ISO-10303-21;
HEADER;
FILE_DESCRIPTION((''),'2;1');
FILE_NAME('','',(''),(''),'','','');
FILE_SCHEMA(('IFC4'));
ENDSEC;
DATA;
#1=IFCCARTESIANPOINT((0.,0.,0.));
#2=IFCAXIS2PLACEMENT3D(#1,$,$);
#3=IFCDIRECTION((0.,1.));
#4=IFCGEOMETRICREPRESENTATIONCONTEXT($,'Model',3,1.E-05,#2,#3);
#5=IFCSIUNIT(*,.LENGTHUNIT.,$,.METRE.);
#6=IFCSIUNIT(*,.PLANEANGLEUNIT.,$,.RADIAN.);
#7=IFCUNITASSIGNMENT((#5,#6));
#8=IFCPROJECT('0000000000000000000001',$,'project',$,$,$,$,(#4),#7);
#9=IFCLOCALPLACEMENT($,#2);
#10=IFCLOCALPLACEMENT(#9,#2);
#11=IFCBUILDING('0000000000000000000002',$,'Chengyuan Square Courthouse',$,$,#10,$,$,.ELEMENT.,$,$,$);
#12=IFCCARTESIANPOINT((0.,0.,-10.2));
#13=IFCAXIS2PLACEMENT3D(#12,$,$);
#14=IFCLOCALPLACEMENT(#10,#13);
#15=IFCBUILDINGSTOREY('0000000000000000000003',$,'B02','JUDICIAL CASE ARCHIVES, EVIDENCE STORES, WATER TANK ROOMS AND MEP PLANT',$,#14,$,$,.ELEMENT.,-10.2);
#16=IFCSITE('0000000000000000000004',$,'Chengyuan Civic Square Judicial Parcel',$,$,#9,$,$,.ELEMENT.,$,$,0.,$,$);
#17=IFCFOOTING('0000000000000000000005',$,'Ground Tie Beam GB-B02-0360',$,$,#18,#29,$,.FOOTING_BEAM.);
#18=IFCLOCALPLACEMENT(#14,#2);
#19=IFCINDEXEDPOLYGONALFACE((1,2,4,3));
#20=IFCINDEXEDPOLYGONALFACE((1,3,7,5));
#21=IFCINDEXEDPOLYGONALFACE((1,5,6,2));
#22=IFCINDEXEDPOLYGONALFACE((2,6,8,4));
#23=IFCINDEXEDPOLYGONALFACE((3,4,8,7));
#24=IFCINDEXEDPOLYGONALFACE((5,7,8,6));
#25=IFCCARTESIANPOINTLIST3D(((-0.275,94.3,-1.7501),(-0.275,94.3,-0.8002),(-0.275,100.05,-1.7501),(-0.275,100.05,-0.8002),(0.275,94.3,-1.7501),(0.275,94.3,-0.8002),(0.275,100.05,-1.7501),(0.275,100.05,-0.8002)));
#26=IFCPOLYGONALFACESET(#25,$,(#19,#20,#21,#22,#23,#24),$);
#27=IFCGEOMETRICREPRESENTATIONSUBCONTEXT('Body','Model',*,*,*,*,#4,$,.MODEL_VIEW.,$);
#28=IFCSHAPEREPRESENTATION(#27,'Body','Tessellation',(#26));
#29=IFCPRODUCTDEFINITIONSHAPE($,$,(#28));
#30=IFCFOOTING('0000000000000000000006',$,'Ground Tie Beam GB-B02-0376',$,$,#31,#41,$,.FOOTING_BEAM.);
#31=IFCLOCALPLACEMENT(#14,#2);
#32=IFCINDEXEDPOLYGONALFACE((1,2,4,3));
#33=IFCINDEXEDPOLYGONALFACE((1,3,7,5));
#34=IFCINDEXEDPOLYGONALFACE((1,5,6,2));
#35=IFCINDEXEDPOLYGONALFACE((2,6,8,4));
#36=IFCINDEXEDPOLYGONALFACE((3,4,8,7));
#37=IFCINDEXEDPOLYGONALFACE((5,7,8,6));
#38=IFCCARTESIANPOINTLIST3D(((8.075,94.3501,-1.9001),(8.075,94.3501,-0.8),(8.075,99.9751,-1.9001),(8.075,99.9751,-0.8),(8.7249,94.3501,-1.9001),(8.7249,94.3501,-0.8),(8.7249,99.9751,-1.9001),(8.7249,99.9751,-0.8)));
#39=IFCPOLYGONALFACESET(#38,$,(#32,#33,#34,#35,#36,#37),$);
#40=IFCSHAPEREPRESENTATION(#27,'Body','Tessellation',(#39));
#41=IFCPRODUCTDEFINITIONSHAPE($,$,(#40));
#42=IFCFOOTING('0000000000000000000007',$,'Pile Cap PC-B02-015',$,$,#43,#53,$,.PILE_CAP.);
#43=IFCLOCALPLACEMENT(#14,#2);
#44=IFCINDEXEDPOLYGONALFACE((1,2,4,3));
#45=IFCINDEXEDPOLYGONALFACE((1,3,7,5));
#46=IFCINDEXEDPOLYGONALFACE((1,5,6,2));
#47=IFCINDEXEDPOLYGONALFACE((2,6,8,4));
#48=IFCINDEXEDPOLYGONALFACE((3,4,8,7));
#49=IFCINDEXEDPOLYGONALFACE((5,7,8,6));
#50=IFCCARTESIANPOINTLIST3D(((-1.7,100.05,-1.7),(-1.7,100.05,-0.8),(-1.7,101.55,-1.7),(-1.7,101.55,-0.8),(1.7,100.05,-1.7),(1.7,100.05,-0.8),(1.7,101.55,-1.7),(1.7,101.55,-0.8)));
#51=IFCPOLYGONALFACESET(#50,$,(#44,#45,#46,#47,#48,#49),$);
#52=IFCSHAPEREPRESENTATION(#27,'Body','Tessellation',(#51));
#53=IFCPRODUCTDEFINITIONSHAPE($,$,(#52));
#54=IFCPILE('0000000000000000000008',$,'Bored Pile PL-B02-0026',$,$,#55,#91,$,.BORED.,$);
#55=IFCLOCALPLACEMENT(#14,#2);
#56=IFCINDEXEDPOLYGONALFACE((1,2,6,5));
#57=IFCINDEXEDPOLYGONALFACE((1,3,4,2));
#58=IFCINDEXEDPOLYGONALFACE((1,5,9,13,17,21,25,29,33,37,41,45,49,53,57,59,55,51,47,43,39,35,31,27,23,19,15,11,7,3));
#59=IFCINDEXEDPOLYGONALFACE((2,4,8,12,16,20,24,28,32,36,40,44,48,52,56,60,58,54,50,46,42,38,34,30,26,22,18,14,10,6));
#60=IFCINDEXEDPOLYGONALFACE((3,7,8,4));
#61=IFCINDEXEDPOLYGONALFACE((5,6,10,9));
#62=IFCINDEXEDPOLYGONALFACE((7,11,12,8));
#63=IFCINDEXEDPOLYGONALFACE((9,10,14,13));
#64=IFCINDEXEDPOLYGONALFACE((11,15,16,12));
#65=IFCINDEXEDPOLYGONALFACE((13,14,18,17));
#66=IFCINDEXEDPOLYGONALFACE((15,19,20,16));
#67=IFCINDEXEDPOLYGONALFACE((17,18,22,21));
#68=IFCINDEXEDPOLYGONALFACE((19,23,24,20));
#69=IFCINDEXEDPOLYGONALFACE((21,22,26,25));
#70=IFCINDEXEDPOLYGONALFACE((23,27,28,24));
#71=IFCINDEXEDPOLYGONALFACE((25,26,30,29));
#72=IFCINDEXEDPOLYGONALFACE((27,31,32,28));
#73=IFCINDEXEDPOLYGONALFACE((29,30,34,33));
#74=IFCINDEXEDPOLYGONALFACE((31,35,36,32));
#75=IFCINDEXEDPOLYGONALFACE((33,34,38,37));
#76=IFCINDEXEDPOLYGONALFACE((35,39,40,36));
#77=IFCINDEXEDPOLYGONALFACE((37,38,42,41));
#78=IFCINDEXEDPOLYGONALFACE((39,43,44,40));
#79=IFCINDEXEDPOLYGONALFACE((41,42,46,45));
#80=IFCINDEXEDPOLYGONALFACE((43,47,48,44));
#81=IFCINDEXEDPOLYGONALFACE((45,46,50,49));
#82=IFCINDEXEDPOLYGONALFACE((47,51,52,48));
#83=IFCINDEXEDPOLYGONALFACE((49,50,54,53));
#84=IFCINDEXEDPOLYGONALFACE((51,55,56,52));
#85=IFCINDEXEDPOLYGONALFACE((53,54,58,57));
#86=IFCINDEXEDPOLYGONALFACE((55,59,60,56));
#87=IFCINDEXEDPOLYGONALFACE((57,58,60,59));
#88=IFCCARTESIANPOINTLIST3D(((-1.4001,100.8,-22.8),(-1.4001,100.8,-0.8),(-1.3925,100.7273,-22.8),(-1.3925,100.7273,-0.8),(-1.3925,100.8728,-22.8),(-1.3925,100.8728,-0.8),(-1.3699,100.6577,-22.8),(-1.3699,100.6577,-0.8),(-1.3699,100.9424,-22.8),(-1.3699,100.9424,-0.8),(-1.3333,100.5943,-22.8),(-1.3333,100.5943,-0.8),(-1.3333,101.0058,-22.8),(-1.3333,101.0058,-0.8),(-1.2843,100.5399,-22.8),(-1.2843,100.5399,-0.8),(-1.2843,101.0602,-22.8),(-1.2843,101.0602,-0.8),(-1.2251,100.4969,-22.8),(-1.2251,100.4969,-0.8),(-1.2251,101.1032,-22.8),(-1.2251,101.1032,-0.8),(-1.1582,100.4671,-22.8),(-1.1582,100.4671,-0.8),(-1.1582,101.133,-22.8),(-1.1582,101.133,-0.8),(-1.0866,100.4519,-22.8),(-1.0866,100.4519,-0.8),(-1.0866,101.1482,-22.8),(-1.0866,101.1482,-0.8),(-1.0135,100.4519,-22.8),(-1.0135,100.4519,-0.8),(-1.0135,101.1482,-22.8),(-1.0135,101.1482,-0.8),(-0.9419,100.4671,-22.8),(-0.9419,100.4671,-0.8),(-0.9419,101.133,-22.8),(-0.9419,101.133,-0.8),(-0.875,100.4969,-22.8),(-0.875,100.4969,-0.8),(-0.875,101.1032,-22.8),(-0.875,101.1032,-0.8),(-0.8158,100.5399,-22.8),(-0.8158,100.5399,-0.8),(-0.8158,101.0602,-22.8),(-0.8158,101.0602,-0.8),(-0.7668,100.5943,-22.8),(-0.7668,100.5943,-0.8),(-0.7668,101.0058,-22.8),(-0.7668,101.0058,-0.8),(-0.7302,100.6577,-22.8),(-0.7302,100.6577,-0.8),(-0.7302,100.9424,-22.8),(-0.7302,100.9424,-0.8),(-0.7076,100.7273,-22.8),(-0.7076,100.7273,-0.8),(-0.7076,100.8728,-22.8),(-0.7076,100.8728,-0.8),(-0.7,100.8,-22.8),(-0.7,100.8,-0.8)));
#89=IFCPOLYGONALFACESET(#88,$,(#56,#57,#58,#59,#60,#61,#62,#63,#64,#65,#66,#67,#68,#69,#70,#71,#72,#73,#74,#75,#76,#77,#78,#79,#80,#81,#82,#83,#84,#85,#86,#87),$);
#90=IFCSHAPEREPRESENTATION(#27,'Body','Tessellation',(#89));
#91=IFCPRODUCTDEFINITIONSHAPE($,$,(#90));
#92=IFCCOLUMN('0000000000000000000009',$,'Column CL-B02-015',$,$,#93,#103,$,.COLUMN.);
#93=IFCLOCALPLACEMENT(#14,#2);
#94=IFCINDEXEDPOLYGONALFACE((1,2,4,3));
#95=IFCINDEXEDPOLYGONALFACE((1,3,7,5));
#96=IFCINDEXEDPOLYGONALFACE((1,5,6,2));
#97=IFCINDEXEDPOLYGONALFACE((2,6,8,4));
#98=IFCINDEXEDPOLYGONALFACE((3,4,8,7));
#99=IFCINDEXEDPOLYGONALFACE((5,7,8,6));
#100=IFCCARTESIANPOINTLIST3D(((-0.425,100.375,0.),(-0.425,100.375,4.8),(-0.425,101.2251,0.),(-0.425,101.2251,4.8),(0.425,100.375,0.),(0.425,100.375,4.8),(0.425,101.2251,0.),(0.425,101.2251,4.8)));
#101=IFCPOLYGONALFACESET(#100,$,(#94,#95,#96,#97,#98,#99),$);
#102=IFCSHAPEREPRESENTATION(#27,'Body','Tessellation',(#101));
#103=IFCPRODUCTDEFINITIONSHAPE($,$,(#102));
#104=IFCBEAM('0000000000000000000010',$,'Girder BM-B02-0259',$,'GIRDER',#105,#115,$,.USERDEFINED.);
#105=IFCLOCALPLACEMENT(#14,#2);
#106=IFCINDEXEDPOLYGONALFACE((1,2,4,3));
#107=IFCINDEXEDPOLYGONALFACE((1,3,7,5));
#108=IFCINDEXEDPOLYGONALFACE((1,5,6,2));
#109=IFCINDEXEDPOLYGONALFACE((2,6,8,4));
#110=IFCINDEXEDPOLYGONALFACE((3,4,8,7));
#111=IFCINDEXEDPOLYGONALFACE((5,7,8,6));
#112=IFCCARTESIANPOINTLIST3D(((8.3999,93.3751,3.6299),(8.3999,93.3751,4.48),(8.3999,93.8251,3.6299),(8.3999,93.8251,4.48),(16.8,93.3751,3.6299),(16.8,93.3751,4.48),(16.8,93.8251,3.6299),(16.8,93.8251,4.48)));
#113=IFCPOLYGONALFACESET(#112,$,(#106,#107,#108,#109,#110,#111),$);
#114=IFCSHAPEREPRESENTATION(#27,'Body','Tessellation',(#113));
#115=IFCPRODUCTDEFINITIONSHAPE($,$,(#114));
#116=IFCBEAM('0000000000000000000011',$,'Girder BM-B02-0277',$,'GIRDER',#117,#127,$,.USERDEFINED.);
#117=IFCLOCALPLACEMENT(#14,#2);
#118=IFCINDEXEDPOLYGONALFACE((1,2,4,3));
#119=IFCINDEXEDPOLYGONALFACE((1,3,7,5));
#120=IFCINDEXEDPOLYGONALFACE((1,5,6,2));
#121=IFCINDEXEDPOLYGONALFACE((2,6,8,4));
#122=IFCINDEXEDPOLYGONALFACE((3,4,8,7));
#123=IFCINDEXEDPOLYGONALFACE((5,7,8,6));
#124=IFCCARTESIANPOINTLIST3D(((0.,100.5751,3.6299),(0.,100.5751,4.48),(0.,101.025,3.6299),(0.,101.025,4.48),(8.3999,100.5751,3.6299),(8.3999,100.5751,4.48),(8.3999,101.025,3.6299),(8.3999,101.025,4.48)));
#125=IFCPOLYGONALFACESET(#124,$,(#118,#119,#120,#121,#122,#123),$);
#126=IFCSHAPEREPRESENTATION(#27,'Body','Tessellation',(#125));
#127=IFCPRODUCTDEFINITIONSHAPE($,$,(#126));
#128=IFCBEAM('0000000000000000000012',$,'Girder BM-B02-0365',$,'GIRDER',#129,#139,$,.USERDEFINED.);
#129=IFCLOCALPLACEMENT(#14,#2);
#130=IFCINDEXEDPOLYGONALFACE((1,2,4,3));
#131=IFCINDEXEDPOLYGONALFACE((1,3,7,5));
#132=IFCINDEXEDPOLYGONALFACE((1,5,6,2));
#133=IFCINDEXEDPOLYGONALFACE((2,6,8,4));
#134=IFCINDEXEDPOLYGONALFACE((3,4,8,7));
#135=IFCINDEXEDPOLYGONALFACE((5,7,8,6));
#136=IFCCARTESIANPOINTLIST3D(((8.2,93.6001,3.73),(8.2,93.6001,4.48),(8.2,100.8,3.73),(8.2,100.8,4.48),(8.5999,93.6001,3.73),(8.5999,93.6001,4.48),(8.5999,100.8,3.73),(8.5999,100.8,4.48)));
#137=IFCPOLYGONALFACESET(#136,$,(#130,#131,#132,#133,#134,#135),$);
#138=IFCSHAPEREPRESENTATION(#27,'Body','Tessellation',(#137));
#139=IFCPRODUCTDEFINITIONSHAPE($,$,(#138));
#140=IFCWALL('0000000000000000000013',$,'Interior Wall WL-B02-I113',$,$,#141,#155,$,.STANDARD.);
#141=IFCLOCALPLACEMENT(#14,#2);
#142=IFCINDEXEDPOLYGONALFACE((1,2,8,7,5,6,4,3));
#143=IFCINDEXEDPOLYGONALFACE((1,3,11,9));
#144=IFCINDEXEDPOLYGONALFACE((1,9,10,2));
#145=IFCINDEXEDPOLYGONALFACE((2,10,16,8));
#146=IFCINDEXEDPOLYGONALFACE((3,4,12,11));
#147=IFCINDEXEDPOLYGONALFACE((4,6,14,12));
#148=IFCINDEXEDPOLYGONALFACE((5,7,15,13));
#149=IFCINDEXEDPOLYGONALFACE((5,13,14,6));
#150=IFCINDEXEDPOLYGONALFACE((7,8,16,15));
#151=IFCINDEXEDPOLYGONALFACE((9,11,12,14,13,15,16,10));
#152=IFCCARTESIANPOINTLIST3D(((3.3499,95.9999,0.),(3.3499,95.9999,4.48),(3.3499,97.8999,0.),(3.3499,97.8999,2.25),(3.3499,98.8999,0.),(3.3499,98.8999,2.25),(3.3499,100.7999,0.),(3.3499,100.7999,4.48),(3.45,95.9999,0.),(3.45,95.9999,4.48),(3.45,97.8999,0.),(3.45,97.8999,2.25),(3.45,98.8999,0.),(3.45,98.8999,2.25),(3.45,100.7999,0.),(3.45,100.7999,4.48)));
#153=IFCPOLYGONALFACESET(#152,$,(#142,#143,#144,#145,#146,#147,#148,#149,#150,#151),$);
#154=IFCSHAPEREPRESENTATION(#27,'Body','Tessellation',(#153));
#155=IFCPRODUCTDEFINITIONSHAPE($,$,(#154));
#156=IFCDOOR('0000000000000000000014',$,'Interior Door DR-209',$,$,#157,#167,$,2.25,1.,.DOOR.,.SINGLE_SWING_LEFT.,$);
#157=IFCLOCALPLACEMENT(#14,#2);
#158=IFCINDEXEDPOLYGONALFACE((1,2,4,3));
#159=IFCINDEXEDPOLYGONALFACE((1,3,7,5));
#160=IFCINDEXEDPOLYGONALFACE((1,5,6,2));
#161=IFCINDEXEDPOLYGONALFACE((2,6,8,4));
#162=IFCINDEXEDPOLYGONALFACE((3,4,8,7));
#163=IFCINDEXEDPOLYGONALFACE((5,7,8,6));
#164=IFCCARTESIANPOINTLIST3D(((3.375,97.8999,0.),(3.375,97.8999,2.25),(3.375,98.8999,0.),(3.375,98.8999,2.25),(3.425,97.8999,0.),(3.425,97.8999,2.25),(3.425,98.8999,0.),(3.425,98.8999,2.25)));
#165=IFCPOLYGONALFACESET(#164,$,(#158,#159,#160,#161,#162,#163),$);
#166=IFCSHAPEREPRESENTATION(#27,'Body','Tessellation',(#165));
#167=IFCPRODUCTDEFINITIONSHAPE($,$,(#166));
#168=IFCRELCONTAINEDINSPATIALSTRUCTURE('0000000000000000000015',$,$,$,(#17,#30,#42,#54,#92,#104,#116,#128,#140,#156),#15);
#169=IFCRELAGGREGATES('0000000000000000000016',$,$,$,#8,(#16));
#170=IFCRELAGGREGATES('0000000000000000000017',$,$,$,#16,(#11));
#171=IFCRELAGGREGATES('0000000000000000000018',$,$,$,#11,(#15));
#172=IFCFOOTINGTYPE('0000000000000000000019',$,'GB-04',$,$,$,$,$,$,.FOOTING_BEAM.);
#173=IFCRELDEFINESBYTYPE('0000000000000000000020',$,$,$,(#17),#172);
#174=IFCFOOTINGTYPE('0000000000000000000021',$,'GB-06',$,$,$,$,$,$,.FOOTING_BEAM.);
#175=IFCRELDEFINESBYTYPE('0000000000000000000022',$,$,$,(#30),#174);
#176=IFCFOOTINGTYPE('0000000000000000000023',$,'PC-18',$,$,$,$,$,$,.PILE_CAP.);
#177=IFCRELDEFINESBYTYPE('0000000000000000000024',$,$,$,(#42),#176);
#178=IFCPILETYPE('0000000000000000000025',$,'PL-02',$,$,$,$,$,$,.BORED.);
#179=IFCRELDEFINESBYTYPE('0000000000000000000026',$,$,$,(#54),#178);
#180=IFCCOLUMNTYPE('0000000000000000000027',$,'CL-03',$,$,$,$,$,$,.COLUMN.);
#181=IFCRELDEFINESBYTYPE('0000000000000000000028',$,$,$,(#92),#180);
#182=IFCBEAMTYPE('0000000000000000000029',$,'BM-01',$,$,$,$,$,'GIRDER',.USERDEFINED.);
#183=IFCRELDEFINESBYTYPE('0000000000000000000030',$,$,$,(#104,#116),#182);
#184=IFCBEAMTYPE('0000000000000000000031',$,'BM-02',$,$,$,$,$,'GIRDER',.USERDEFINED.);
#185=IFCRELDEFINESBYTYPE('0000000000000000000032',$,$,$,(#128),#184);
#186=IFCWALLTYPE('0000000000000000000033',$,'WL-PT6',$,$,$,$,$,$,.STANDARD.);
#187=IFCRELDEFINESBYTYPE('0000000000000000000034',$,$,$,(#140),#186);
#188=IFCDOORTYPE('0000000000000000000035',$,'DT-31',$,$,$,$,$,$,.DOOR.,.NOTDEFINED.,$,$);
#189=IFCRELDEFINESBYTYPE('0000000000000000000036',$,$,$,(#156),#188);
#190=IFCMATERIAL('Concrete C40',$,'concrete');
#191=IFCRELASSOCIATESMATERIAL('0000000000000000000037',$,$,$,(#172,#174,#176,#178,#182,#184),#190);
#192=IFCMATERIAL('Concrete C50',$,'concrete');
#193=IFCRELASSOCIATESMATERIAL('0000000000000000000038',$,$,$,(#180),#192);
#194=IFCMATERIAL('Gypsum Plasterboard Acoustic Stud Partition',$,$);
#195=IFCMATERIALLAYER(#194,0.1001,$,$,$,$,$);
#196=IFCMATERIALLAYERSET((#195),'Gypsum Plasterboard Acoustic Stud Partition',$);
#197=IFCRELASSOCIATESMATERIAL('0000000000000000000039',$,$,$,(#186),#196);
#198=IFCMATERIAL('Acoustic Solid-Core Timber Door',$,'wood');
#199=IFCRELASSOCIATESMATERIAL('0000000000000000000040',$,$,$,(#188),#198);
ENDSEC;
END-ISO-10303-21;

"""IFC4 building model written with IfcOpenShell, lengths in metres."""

from ifc_helpers import new_model, si_unit, direction, frame, frame_2d, origin, origin_2d, place, context, subcontext, project, spatial, rectangle, circle, extrude, material, layer, layer_set, material_profile, profile_set, type_object, element, fill, save


model = new_model("IFC4")

# Units and contexts
model_context = context("Model", 3, precision=1e-05, world=origin(), true_north=direction((0.0, 1.0)))
body_context = subcontext(model_context, "Body", "Model", "MODEL_VIEW")
ifc_project = project(units=[si_unit("LENGTHUNIT", "METRE"), si_unit("PLANEANGLEUNIT", "RADIAN")], contexts=[model_context])

# Site, building, storey
site_placement = place(None, origin())
site = spatial("IfcSite", under=ifc_project, at=site_placement, Name="Chengyuan Civic Square Judicial Parcel", CompositionType="ELEMENT", RefElevation=0.0)
building_placement = place(site_placement, origin())
building = spatial("IfcBuilding", under=site, at=building_placement, Name="Chengyuan Square Courthouse", CompositionType="ELEMENT")
storey_placement = place(building_placement, frame((0.0, 0.0, -10.2)))
storey = spatial("IfcBuildingStorey", under=building, at=storey_placement, Name="B02", Description="JUDICIAL CASE ARCHIVES, EVIDENCE STORES, WATER TANK ROOMS AND MEP PLANT", CompositionType="ELEMENT", Elevation=-10.2)

# Footings
ifc_material_1 = material(Name="Concrete C40", Category="concrete")
ifc_material_profile_1 = material_profile(ifc_material_1, rectangle(XDim=0.55, YDim=0.95, at=origin_2d()), Name="GB-550x950")
ifc_profile_set_1 = profile_set([ifc_material_profile_1], Name="Concrete C40")
footing_type_1 = type_object("IfcFootingType", Name="GB-04", PredefinedType="FOOTING_BEAM", material=ifc_profile_set_1)
footing_1_placement = place(storey_placement, frame((0.0, 94.3, -1.2751), z_axis=(0.0, 1.0, 0.0), x_axis=(-1.0, 0.0, 0.0)))
element("IfcFooting", 1, at=footing_1_placement, inside=storey, type_object=footing_type_1, Name="Ground Tie Beam GB-B02-0360", PredefinedType="FOOTING_BEAM", context=body_context, shape_type="SweptSolid", body=[
    extrude(rectangle(XDim=0.55, YDim=0.95, at=origin_2d()), origin(), (0.0, 0.0, 1.0), 5.75),
])
ifc_material_profile_2 = material_profile(ifc_material_1, rectangle(XDim=0.6499, YDim=1.1001, at=origin_2d()), Name="GB-650x1100")
ifc_profile_set_2 = profile_set([ifc_material_profile_2], Name="Concrete C40")
footing_type_2 = type_object("IfcFootingType", Name="GB-06", PredefinedType="FOOTING_BEAM", material=ifc_profile_set_2)
footing_2_placement = place(storey_placement, frame((8.3999, 94.3501, -1.3501), z_axis=(0.0, 1.0, 0.0), x_axis=(-1.0, 0.0, 0.0)))
element("IfcFooting", 2, at=footing_2_placement, inside=storey, type_object=footing_type_2, Name="Ground Tie Beam GB-B02-0376", PredefinedType="FOOTING_BEAM", context=body_context, shape_type="SweptSolid", body=[
    extrude(rectangle(XDim=0.6499, YDim=1.1001, at=origin_2d()), origin(), (0.0, 0.0, 1.0), 5.625),
])
footing_type_3 = type_object("IfcFootingType", Name="PC-18", PredefinedType="PILE_CAP", material=ifc_material_1)
footing_3_placement = place(storey_placement, frame((0.0, 100.8, -1.7), z_axis=(0.0, 0.0, 1.0), x_axis=(1.0, 0.0, 0.0)))
element("IfcFooting", 3, at=footing_3_placement, inside=storey, type_object=footing_type_3, Name="Pile Cap PC-B02-015", PredefinedType="PILE_CAP", context=body_context, shape_type="SweptSolid", body=[
    extrude(rectangle(XDim=3.3999, YDim=1.5, at=origin_2d()), origin(), (0.0, 0.0, 1.0), 0.8999),
])

# Pile
ifc_material_profile_3 = material_profile(ifc_material_1, circle(Radius=0.3501, at=origin_2d()), Name="BORED PILE D700")
ifc_profile_set_3 = profile_set([ifc_material_profile_3], Name="Concrete C40")
pile_type = type_object("IfcPileType", Name="PL-02", PredefinedType="BORED", material=ifc_profile_set_3)
pile_placement = place(storey_placement, frame((-1.05, 100.8, -0.8), z_axis=(0.0, 0.0, -1.0), x_axis=(1.0, 0.0, 0.0)))
element("IfcPile", 4, at=pile_placement, inside=storey, type_object=pile_type, Name="Bored Pile PL-B02-0026", PredefinedType="BORED", context=body_context, shape_type="SweptSolid", body=[
    extrude(circle(Radius=0.3501, at=origin_2d()), origin(), (0.0, 0.0, 1.0), 22.0),
])

# Column
ifc_material_2 = material(Name="Concrete C50", Category="concrete")
ifc_material_profile_4 = material_profile(ifc_material_2, rectangle(XDim=0.8501, YDim=0.8501, at=origin_2d()), Name="RC-COL-850x850")
ifc_profile_set_4 = profile_set([ifc_material_profile_4], Name="Concrete C50")
column_type = type_object("IfcColumnType", Name="CL-03", PredefinedType="COLUMN", material=ifc_profile_set_4)
column_placement = place(storey_placement, frame((0.0, 100.8, 0.0), z_axis=(0.0, 0.0, 1.0), x_axis=(1.0, 0.0, 0.0)))
element("IfcColumn", 5, at=column_placement, inside=storey, type_object=column_type, Name="Column CL-B02-015", PredefinedType="COLUMN", context=body_context, shape_type="SweptSolid", body=[
    extrude(rectangle(XDim=0.8501, YDim=0.8501, at=origin_2d()), origin(), (0.0, 0.0, 1.0), 4.8),
])

# Beams
ifc_material_profile_5 = material_profile(ifc_material_1, rectangle(XDim=0.45, YDim=0.8501, at=origin_2d()), Name="RC-BM-450x850")
ifc_profile_set_5 = profile_set([ifc_material_profile_5], Name="Concrete C40")
beam_type_1 = type_object("IfcBeamType", Name="BM-01", ElementType="GIRDER", PredefinedType="USERDEFINED", material=ifc_profile_set_5)
beam_1_placement = place(storey_placement, frame((8.3999, 93.6001, 4.0549), z_axis=(1.0, 0.0, 0.0), x_axis=(0.0, 1.0, 0.0)))
element("IfcBeam", 6, at=beam_1_placement, inside=storey, type_object=beam_type_1, Name="Girder BM-B02-0259", ObjectType="GIRDER", PredefinedType="USERDEFINED", context=body_context, shape_type="SweptSolid", body=[
    extrude(rectangle(XDim=0.45, YDim=0.8501, at=origin_2d()), origin(), (0.0, 0.0, 1.0), 8.4001),
])
beam_2_placement = place(storey_placement, frame((0.0, 100.8, 4.0549), z_axis=(1.0, 0.0, 0.0), x_axis=(0.0, 1.0, 0.0)))
element("IfcBeam", 7, at=beam_2_placement, inside=storey, type_object=beam_type_1, Name="Girder BM-B02-0277", ObjectType="GIRDER", PredefinedType="USERDEFINED", context=body_context, shape_type="SweptSolid", body=[
    extrude(rectangle(XDim=0.45, YDim=0.8501, at=origin_2d()), origin(), (0.0, 0.0, 1.0), 8.3999),
])
ifc_material_profile_6 = material_profile(ifc_material_1, rectangle(XDim=0.3999, YDim=0.75, at=origin_2d()), Name="RC-BM-400x750")
ifc_profile_set_6 = profile_set([ifc_material_profile_6], Name="Concrete C40")
beam_type_2 = type_object("IfcBeamType", Name="BM-02", ElementType="GIRDER", PredefinedType="USERDEFINED", material=ifc_profile_set_6)
beam_3_placement = place(storey_placement, frame((8.3999, 93.6001, 4.105), z_axis=(0.0, 1.0, 0.0), x_axis=(-1.0, 0.0, 0.0)))
element("IfcBeam", 8, at=beam_3_placement, inside=storey, type_object=beam_type_2, Name="Girder BM-B02-0365", ObjectType="GIRDER", PredefinedType="USERDEFINED", context=body_context, shape_type="SweptSolid", body=[
    extrude(rectangle(XDim=0.3999, YDim=0.75, at=origin_2d()), origin(), (0.0, 0.0, 1.0), 7.2),
])

# Wall, opening, door
ifc_material_3 = material(Name="Gypsum Plasterboard Acoustic Stud Partition")
ifc_layer_1 = layer(ifc_material_3, 0.1001)
ifc_layer_set_1 = layer_set([ifc_layer_1], Name="Gypsum Plasterboard Acoustic Stud Partition")
wall_type_1 = type_object("IfcWallType", Name="WL-PT6", PredefinedType="STANDARD", material=ifc_layer_set_1)
wall_1_placement = place(storey_placement, frame((3.3999, 96.0, 0.0), z_axis=(0.0, 0.0, 1.0), x_axis=(0.0, 1.0, 0.0)))
wall_1 = element("IfcWall", 9, at=wall_1_placement, inside=storey, type_object=wall_type_1, Name="Interior Wall WL-B02-I113", PredefinedType="STANDARD", context=body_context, shape_type="SweptSolid", body=[
    extrude(rectangle(XDim=4.8, YDim=0.1001, at=frame_2d((2.3999, 0.0))), origin(), (0.0, 0.0, 1.0), 4.48),
])
opening_1_placement = place(wall_1_placement, frame((1.8999, 0.0, 0.0)))
opening_1 = element("IfcOpeningElement", 10, at=opening_1_placement, cuts=wall_1, PredefinedType="OPENING", context=body_context, shape_type="SweptSolid", body=[
    extrude(rectangle(XDim=1.0, YDim=2.25, at=frame_2d((0.5, 1.125))), frame((0.0, 0.062, 0.0), z_axis=(0.0, -1.0, 0.0), x_axis=(1.0, 0.0, 0.0)), (0.0, 0.0, 1.0), 0.124),
])
ifc_material_4 = material(Name="Acoustic Solid-Core Timber Door", Category="wood")
door_type_1 = type_object("IfcDoorType", Name="DT-31", OperationType="NOTDEFINED", PredefinedType="DOOR", material=ifc_material_4)
door_1_placement = place(opening_1_placement, origin())
door_1 = element("IfcDoor", 11, at=door_1_placement, inside=storey, type_object=door_type_1, Name="Interior Door DR-209", OperationType="SINGLE_SWING_LEFT", OverallHeight=2.25, OverallWidth=1.0, PredefinedType="DOOR", context=body_context, shape_type="SweptSolid", body=[
    extrude(rectangle(XDim=1.0, YDim=2.25, at=frame_2d((0.5, 1.125))), frame((0.0, 0.0249, 0.0), z_axis=(0.0, -1.0, 0.0), x_axis=(1.0, 0.0, 0.0)), (0.0, 0.0, 1.0), 0.05),
])
fill(opening_1, door_1)

save(model, "model.ifc")
